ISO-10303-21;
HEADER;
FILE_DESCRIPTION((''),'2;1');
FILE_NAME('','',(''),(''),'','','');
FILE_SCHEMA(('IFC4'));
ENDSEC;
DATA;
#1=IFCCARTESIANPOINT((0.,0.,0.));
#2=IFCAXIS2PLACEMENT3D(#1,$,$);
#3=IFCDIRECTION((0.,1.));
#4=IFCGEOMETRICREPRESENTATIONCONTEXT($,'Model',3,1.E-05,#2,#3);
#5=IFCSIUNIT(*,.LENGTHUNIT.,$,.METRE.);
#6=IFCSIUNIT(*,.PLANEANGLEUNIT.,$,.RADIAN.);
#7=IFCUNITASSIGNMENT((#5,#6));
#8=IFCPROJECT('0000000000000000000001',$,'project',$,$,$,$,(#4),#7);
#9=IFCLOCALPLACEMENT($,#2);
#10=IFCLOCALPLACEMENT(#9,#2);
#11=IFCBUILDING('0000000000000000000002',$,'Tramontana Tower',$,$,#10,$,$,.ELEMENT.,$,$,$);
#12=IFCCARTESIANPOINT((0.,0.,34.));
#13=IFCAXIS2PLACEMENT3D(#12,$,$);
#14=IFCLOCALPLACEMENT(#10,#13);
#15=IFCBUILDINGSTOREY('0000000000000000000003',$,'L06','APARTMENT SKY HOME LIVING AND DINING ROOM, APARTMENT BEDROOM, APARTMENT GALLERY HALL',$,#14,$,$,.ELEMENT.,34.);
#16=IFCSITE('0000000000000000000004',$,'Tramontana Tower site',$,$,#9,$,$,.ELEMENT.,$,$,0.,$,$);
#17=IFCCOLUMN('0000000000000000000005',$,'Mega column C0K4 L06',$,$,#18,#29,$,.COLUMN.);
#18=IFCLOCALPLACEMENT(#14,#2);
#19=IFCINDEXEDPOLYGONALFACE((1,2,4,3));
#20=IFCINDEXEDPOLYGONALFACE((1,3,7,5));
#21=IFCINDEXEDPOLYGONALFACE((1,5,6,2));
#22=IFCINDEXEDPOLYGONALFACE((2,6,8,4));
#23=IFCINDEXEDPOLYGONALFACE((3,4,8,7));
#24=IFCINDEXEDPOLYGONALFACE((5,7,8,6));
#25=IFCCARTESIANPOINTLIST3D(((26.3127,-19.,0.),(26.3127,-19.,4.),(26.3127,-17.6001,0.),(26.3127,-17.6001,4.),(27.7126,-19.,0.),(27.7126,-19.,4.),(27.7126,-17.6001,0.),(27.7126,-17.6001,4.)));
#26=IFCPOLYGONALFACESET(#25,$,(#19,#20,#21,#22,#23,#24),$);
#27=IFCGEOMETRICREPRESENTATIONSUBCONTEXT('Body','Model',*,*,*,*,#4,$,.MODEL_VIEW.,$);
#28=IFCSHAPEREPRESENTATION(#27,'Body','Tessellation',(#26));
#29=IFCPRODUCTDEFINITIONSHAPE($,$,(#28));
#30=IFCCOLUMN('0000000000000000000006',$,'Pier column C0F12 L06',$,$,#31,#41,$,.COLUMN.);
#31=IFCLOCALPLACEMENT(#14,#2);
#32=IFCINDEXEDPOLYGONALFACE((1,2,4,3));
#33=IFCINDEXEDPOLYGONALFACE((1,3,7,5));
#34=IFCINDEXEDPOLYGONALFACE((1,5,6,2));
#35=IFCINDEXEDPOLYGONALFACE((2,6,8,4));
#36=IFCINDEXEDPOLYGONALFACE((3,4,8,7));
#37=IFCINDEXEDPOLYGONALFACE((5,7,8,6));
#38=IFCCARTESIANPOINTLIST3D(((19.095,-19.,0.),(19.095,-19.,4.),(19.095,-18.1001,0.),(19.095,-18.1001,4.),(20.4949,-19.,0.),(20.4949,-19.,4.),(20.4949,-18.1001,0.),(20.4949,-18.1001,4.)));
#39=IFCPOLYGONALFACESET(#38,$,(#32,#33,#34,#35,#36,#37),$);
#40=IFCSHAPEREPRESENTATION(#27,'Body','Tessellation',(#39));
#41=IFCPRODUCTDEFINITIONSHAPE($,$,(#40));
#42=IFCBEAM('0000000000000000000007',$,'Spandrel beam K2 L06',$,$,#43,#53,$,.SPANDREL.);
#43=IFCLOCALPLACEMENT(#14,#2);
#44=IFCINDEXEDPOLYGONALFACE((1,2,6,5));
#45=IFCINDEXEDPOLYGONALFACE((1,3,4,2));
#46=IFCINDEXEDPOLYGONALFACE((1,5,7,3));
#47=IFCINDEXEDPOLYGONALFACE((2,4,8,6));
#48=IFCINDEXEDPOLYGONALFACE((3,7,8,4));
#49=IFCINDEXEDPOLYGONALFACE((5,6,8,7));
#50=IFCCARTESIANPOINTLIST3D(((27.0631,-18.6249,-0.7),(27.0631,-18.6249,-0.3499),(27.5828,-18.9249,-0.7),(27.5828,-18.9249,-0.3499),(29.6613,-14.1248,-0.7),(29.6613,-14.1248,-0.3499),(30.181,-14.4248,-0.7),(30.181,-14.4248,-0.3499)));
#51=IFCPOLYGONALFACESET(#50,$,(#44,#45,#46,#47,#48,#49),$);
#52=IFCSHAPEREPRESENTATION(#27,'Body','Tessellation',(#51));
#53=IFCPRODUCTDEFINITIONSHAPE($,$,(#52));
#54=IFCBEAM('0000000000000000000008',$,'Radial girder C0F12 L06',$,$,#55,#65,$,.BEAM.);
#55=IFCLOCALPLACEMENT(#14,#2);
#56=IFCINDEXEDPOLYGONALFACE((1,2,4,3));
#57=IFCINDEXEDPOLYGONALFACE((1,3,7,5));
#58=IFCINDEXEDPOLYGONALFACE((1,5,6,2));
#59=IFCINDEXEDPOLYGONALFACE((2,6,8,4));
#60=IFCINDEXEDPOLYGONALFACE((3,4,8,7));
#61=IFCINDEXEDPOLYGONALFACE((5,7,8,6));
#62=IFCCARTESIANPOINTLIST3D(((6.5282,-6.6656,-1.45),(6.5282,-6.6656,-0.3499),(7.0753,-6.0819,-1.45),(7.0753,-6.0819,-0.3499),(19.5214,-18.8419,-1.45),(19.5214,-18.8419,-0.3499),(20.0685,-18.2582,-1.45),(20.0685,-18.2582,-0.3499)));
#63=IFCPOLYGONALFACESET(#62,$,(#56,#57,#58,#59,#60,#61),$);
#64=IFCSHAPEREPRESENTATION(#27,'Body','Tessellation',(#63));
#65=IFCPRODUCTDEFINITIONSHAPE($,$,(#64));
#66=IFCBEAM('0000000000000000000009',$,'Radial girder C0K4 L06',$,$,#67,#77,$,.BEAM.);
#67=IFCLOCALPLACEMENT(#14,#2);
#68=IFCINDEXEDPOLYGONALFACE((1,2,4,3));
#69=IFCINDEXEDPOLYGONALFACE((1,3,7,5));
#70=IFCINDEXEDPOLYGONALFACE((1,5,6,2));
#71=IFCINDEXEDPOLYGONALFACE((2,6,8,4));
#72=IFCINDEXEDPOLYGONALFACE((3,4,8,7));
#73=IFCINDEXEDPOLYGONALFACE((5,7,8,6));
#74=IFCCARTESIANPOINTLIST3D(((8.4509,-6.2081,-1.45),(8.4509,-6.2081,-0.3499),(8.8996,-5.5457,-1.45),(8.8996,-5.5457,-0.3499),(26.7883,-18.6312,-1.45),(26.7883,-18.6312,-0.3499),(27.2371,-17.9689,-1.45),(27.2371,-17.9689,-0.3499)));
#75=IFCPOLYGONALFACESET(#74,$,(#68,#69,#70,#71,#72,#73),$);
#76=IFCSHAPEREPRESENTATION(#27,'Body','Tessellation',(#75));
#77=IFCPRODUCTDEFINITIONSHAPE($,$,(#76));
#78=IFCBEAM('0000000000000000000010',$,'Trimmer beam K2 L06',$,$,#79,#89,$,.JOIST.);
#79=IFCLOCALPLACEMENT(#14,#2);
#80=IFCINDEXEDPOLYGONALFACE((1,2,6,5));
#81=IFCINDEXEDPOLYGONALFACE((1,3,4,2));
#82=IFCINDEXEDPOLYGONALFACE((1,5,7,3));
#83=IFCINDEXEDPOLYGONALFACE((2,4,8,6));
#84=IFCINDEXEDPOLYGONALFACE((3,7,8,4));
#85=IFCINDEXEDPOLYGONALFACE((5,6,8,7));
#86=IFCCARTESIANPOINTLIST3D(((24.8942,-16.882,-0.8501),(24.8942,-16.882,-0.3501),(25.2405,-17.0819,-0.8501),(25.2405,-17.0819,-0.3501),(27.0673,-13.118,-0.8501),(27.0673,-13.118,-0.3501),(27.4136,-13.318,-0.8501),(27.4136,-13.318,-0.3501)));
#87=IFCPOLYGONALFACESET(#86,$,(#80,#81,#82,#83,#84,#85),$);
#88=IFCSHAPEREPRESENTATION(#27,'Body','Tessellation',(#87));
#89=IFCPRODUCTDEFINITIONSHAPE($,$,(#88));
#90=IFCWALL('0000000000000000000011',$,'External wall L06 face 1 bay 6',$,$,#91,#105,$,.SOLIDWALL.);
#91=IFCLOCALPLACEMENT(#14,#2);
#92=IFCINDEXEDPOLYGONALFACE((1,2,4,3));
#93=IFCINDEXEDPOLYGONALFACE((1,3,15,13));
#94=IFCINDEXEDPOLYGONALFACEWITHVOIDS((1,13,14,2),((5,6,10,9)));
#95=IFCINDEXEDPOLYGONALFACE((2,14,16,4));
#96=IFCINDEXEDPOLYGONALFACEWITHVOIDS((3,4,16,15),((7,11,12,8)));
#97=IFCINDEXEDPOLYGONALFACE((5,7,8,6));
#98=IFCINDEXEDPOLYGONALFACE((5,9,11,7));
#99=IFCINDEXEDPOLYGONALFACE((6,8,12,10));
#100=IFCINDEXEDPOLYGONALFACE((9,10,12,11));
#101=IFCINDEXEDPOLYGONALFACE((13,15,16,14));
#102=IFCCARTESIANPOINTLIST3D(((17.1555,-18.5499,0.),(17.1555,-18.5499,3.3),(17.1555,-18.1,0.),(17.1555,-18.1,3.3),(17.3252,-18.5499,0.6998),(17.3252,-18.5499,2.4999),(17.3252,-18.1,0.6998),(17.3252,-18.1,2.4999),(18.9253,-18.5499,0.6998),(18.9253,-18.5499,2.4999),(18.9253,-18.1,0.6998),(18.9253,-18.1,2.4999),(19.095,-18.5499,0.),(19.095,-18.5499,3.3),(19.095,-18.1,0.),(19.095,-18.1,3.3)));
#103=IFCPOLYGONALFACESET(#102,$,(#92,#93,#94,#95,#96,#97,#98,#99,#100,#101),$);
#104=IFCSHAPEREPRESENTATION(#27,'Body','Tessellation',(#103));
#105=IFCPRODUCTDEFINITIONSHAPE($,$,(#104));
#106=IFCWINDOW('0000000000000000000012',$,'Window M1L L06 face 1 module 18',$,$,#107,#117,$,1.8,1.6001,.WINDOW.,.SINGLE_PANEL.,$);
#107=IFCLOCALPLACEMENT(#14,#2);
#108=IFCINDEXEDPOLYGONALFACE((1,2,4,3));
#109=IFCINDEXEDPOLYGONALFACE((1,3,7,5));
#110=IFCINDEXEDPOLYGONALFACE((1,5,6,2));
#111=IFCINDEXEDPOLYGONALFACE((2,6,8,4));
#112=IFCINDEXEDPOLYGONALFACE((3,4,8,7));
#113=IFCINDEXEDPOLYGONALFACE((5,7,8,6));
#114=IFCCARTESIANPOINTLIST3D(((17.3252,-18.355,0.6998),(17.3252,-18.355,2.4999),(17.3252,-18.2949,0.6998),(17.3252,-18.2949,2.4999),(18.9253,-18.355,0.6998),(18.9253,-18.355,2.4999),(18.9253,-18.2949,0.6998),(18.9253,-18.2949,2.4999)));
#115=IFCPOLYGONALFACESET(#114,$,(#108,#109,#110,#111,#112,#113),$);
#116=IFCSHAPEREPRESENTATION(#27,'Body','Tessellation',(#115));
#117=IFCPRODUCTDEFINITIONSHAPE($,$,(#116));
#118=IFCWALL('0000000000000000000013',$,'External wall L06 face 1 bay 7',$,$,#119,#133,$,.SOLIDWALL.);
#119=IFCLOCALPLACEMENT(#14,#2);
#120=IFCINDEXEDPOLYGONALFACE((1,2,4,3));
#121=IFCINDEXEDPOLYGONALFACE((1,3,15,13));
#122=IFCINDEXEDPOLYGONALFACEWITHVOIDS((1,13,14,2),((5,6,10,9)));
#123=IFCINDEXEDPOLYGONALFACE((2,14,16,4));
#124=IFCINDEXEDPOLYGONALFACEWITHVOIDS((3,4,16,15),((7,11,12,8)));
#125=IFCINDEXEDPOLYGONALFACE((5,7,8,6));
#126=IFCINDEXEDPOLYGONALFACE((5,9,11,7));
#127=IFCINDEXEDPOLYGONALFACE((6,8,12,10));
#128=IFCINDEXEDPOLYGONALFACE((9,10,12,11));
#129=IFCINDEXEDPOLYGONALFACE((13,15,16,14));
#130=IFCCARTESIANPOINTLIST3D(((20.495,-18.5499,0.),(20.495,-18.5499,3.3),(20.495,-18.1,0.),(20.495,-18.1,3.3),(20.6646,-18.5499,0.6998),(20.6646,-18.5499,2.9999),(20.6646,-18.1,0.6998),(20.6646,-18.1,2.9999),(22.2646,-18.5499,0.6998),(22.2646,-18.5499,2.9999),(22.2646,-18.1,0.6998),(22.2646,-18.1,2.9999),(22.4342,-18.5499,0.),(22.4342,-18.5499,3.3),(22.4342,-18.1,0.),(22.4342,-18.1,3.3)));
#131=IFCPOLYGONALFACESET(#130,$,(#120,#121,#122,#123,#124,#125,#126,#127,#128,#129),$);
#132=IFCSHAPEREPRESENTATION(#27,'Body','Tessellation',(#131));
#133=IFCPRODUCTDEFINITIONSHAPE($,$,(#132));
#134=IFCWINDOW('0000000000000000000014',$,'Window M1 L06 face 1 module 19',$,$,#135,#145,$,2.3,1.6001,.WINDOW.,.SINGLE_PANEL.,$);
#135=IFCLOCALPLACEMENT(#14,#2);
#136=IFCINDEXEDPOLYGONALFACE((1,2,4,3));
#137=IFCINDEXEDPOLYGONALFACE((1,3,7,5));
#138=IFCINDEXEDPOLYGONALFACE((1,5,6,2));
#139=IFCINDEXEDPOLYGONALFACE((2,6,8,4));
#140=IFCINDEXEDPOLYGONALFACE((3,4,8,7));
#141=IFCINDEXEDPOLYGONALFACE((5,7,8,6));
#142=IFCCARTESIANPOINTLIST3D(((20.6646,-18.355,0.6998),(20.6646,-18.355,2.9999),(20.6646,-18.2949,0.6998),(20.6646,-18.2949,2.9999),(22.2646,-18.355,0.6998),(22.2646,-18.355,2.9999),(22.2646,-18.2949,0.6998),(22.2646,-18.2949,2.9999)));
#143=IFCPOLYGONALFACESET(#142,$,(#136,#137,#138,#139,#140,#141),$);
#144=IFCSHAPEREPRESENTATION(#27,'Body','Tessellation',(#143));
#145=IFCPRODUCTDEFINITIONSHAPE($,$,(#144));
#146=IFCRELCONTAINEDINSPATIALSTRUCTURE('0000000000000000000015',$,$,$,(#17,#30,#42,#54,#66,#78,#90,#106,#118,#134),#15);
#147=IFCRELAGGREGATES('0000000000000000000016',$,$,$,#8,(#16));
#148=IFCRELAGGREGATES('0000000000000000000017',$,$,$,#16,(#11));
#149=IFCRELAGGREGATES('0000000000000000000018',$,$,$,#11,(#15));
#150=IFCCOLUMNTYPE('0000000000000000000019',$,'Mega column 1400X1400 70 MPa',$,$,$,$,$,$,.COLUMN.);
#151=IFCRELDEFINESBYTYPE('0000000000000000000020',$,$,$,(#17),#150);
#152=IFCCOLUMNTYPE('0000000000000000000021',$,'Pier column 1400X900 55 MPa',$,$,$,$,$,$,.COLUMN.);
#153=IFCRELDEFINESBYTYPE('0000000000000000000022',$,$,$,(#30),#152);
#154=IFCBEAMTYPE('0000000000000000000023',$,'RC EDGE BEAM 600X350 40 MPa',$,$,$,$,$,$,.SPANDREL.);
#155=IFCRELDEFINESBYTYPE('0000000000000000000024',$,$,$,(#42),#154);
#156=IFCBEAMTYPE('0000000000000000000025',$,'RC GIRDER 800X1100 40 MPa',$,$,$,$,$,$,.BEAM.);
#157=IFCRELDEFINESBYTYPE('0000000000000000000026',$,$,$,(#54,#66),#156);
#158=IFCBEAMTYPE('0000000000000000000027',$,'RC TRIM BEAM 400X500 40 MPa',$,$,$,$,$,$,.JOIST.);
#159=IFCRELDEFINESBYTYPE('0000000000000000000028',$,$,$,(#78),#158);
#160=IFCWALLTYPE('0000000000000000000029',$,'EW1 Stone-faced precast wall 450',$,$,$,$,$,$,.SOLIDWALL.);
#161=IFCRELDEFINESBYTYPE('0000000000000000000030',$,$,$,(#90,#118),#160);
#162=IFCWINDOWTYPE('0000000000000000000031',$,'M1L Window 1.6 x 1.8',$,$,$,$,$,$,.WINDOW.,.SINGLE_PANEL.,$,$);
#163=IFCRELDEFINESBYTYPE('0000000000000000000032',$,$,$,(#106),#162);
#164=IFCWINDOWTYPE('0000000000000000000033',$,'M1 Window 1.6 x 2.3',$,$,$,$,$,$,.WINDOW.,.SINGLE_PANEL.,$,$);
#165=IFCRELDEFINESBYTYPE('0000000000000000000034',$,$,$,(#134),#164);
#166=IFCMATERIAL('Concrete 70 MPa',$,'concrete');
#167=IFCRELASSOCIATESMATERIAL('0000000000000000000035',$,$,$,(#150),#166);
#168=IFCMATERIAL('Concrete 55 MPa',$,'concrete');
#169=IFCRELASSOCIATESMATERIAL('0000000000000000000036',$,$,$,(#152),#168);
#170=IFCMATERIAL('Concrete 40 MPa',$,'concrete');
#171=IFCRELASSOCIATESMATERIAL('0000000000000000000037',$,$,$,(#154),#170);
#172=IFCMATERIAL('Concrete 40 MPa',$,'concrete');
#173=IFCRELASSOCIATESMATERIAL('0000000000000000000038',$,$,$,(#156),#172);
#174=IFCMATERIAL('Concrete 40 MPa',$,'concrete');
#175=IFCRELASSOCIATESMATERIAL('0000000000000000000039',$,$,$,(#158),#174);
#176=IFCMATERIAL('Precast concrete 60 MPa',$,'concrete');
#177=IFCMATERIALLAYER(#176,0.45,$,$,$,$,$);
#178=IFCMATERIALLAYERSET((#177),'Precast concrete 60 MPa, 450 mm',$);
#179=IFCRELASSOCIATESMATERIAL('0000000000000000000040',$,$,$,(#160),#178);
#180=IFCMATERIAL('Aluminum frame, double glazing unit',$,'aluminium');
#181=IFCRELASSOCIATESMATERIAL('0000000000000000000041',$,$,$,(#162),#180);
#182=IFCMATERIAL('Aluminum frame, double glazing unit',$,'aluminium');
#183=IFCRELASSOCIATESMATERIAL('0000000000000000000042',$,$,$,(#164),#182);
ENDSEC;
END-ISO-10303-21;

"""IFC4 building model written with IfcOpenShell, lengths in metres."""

from ifc_helpers import new_model, si_unit, direction, frame, frame_2d, origin, origin_2d, place, context, subcontext, project, spatial, rectangle, extrude, material, layer, layer_set, material_profile, profile_set, type_object, element, fill, save


model = new_model("IFC4")

# Units and contexts
model_context = context("Model", 3, precision=1e-05, world=origin(), true_north=direction((0.0, 1.0)))
body_context = subcontext(model_context, "Body", "Model", "MODEL_VIEW")
ifc_project = project(units=[si_unit("LENGTHUNIT", "METRE"), si_unit("PLANEANGLEUNIT", "RADIAN")], contexts=[model_context])

# Site, building, storey
site_placement = place(None, origin())
site = spatial("IfcSite", under=ifc_project, at=site_placement, Name="Tramontana Tower site", CompositionType="ELEMENT", RefElevation=0.0)
building_placement = place(site_placement, origin())
building = spatial("IfcBuilding", under=site, at=building_placement, Name="Tramontana Tower", CompositionType="ELEMENT")
storey_placement = place(building_placement, frame((0.0, 0.0, 34.0)))
storey = spatial("IfcBuildingStorey", under=building, at=storey_placement, Name="L06", Description="APARTMENT SKY HOME LIVING AND DINING ROOM, APARTMENT BEDROOM, APARTMENT GALLERY HALL", CompositionType="ELEMENT", Elevation=34.0)

# Columns
ifc_material_1 = material(Name="Concrete 70 MPa", Category="concrete")
ifc_material_profile_1 = material_profile(ifc_material_1, rectangle(XDim=1.3999, YDim=1.3999, at=origin_2d()), Name="Mega column 1400X1400 70 MPa")
ifc_profile_set_1 = profile_set([ifc_material_profile_1], Name="Concrete 70 MPa")
column_type_1 = type_object("IfcColumnType", Name="Mega column 1400X1400 70 MPa", PredefinedType="COLUMN", material=ifc_profile_set_1)
column_1_placement = place(storey_placement, frame((27.0127, -18.3, 0.0), z_axis=(0.0, 0.0, 1.0), x_axis=(1.0, 0.0, 0.0)))
element("IfcColumn", 1, at=column_1_placement, inside=storey, type_object=column_type_1, Name="Mega column C0K4 L06", PredefinedType="COLUMN", context=body_context, shape_type="SweptSolid", body=[
    extrude(rectangle(XDim=1.3999, YDim=1.3999, at=origin_2d()), origin(), (0.0, 0.0, 1.0), 4.0),
])
ifc_material_2 = material(Name="Concrete 55 MPa", Category="concrete")
ifc_material_profile_2 = material_profile(ifc_material_2, rectangle(XDim=1.3999, YDim=0.8999, at=origin_2d()), Name="Pier column 1400X900 55 MPa")
ifc_profile_set_2 = profile_set([ifc_material_profile_2], Name="Concrete 55 MPa")
column_type_2 = type_object("IfcColumnType", Name="Pier column 1400X900 55 MPa", PredefinedType="COLUMN", material=ifc_profile_set_2)
column_2_placement = place(storey_placement, frame((19.7949, -18.55, 0.0), z_axis=(0.0, 0.0, 1.0), x_axis=(1.0, 0.0, 0.0)))
element("IfcColumn", 2, at=column_2_placement, inside=storey, type_object=column_type_2, Name="Pier column C0F12 L06", PredefinedType="COLUMN", context=body_context, shape_type="SweptSolid", body=[
    extrude(rectangle(XDim=1.3999, YDim=0.8999, at=origin_2d()), origin(), (0.0, 0.0, 1.0), 4.0),
])

# Beams
ifc_material_3 = material(Name="Concrete 40 MPa", Category="concrete")
ifc_material_profile_3 = material_profile(ifc_material_3, rectangle(XDim=0.6001, YDim=0.3501, at=origin_2d()), Name="RC EDGE BEAM 600X350 40 MPa")
ifc_profile_set_3 = profile_set([ifc_material_profile_3], Name="Concrete 40 MPa")
beam_type_1 = type_object("IfcBeamType", Name="RC EDGE BEAM 600X350 40 MPa", PredefinedType="SPANDREL", material=ifc_profile_set_3)
beam_1_placement = place(storey_placement, frame((27.323, -18.7749, -0.5249), z_axis=(0.50001, 0.86602, 0.0), x_axis=(-0.86602, 0.50001, 0.0)))
element("IfcBeam", 3, at=beam_1_placement, inside=storey, type_object=beam_type_1, Name="Spandrel beam K2 L06", PredefinedType="SPANDREL", context=body_context, shape_type="SweptSolid", body=[
    extrude(rectangle(XDim=0.6001, YDim=0.3501, at=origin_2d()), origin(), (0.0, 0.0, 1.0), 5.1963),
])
ifc_material_4 = material(Name="Concrete 40 MPa", Category="concrete")
ifc_material_profile_4 = material_profile(ifc_material_4, rectangle(XDim=0.8, YDim=1.1001, at=origin_2d()), Name="RC GIRDER 800X1100 40 MPa")
ifc_profile_set_4 = profile_set([ifc_material_profile_4], Name="Concrete 40 MPa")
beam_type_2 = type_object("IfcBeamType", Name="RC GIRDER 800X1100 40 MPa", PredefinedType="BEAM", material=ifc_profile_set_4)
beam_2_placement = place(storey_placement, frame((19.7949, -18.55, -0.8999), z_axis=(-0.729672, 0.683797, 0.0), x_axis=(-0.683797, -0.729672, 0.0)))
element("IfcBeam", 4, at=beam_2_placement, inside=storey, type_object=beam_type_2, Name="Radial girder C0F12 L06", PredefinedType="BEAM", context=body_context, shape_type="SweptSolid", body=[
    extrude(rectangle(XDim=0.8, YDim=1.1001, at=origin_2d()), origin(), (0.0, 0.0, 1.0), 17.8069),
])
beam_3_placement = place(storey_placement, frame((27.0127, -18.3, -0.8999), z_axis=(-0.827898, 0.560879, 0.0), x_axis=(-0.560879, -0.827898, 0.0)))
element("IfcBeam", 5, at=beam_3_placement, inside=storey, type_object=beam_type_2, Name="Radial girder C0K4 L06", PredefinedType="BEAM", context=body_context, shape_type="SweptSolid", body=[
    extrude(rectangle(XDim=0.8, YDim=1.1001, at=origin_2d()), origin(), (0.0, 0.0, 1.0), 22.1494),
])
ifc_material_5 = material(Name="Concrete 40 MPa", Category="concrete")
ifc_material_profile_5 = material_profile(ifc_material_5, rectangle(XDim=0.3999, YDim=0.5, at=origin_2d()), Name="RC TRIM BEAM 400X500 40 MPa")
ifc_profile_set_5 = profile_set([ifc_material_profile_5], Name="Concrete 40 MPa")
beam_type_3 = type_object("IfcBeamType", Name="RC TRIM BEAM 400X500 40 MPa", PredefinedType="JOIST", material=ifc_profile_set_5)
beam_4_placement = place(storey_placement, frame((25.0674, -16.9819, -0.6001), z_axis=(0.5, 0.866026, 0.0), x_axis=(-0.866026, 0.5, 0.0)))
element("IfcBeam", 6, at=beam_4_placement, inside=storey, type_object=beam_type_3, Name="Trimmer beam K2 L06", PredefinedType="JOIST", context=body_context, shape_type="SweptSolid", body=[
    extrude(rectangle(XDim=0.3999, YDim=0.5, at=origin_2d()), origin(), (0.0, 0.0, 1.0), 4.3462),
])

# Walls, openings, windows
ifc_material_6 = material(Name="Precast concrete 60 MPa", Category="concrete")
ifc_layer_1 = layer(ifc_material_6, 0.45)
ifc_layer_set_1 = layer_set([ifc_layer_1], Name="Precast concrete 60 MPa, 450 mm")
wall_type_1 = type_object("IfcWallType", Name="EW1 Stone-faced precast wall 450", PredefinedType="SOLIDWALL", material=ifc_layer_set_1)
wall_1_placement = place(storey_placement, frame((17.1555, -18.325, 0.0), z_axis=(0.0, 0.0, 1.0), x_axis=(1.0, 0.0, 0.0)))
wall_1 = element("IfcWall", 7, at=wall_1_placement, inside=storey, type_object=wall_type_1, Name="External wall L06 face 1 bay 6", PredefinedType="SOLIDWALL", context=body_context, shape_type="SweptSolid", body=[
    extrude(rectangle(XDim=1.9395, YDim=0.45, at=frame_2d((0.9697, 0.0))), origin(), (0.0, 0.0, 1.0), 3.3),
])
opening_1_placement = place(wall_1_placement, frame((0.1697, 0.0, 0.7)))
opening_1 = element("IfcOpeningElement", 8, at=opening_1_placement, cuts=wall_1, PredefinedType="OPENING", context=body_context, shape_type="SweptSolid", body=[
    extrude(rectangle(XDim=1.6001, YDim=1.8, at=frame_2d((0.8, 0.8999))), frame((0.0, 0.2349, 0.0), z_axis=(0.0, -1.0, 0.0), x_axis=(1.0, 0.0, 0.0)), (0.0, 0.0, 1.0), 0.47),
])
ifc_material_7 = material(Name="Aluminum frame, double glazing unit", Category="aluminium")
window_type_1 = type_object("IfcWindowType", Name="M1L Window 1.6 x 1.8", PartitioningType="SINGLE_PANEL", PredefinedType="WINDOW", material=ifc_material_7)
window_1_placement = place(opening_1_placement, origin())
window_1 = element("IfcWindow", 9, at=window_1_placement, inside=storey, type_object=window_type_1, Name="Window M1L L06 face 1 module 18", OverallHeight=1.8, OverallWidth=1.6001, PartitioningType="SINGLE_PANEL", PredefinedType="WINDOW", context=body_context, shape_type="SweptSolid", body=[
    extrude(rectangle(XDim=1.6001, YDim=1.8, at=frame_2d((0.8, 0.8999))), frame((0.0, 0.03, 0.0), z_axis=(0.0, -1.0, 0.0), x_axis=(1.0, 0.0, 0.0)), (0.0, 0.0, 1.0), 0.0601),
])
fill(opening_1, window_1)
wall_2_placement = place(storey_placement, frame((20.4949, -18.325, 0.0), z_axis=(0.0, 0.0, 1.0), x_axis=(1.0, 0.0, 0.0)))
wall_2 = element("IfcWall", 10, at=wall_2_placement, inside=storey, type_object=wall_type_1, Name="External wall L06 face 1 bay 7", PredefinedType="SOLIDWALL", context=body_context, shape_type="SweptSolid", body=[
    extrude(rectangle(XDim=1.9392, YDim=0.45, at=frame_2d((0.9697, 0.0))), origin(), (0.0, 0.0, 1.0), 3.3),
])
opening_2_placement = place(wall_2_placement, frame((0.1697, 0.0, 0.7)))
opening_2 = element("IfcOpeningElement", 11, at=opening_2_placement, cuts=wall_2, PredefinedType="OPENING", context=body_context, shape_type="SweptSolid", body=[
    extrude(rectangle(XDim=1.6001, YDim=2.3, at=frame_2d((0.8, 1.1499))), frame((0.0, 0.2349, 0.0), z_axis=(0.0, -1.0, 0.0), x_axis=(1.0, 0.0, 0.0)), (0.0, 0.0, 1.0), 0.47),
])
ifc_material_8 = material(Name="Aluminum frame, double glazing unit", Category="aluminium")
window_type_2 = type_object("IfcWindowType", Name="M1 Window 1.6 x 2.3", PartitioningType="SINGLE_PANEL", PredefinedType="WINDOW", material=ifc_material_8)
window_2_placement = place(opening_2_placement, origin())
window_2 = element("IfcWindow", 12, at=window_2_placement, inside=storey, type_object=window_type_2, Name="Window M1 L06 face 1 module 19", OverallHeight=2.3, OverallWidth=1.6001, PartitioningType="SINGLE_PANEL", PredefinedType="WINDOW", context=body_context, shape_type="SweptSolid", body=[
    extrude(rectangle(XDim=1.6001, YDim=2.3, at=frame_2d((0.8, 1.1499))), frame((0.0, 0.03, 0.0), z_axis=(0.0, -1.0, 0.0), x_axis=(1.0, 0.0, 0.0)), (0.0, 0.0, 1.0), 0.0601),
])
fill(opening_2, window_2)

save(model, "model.ifc")
